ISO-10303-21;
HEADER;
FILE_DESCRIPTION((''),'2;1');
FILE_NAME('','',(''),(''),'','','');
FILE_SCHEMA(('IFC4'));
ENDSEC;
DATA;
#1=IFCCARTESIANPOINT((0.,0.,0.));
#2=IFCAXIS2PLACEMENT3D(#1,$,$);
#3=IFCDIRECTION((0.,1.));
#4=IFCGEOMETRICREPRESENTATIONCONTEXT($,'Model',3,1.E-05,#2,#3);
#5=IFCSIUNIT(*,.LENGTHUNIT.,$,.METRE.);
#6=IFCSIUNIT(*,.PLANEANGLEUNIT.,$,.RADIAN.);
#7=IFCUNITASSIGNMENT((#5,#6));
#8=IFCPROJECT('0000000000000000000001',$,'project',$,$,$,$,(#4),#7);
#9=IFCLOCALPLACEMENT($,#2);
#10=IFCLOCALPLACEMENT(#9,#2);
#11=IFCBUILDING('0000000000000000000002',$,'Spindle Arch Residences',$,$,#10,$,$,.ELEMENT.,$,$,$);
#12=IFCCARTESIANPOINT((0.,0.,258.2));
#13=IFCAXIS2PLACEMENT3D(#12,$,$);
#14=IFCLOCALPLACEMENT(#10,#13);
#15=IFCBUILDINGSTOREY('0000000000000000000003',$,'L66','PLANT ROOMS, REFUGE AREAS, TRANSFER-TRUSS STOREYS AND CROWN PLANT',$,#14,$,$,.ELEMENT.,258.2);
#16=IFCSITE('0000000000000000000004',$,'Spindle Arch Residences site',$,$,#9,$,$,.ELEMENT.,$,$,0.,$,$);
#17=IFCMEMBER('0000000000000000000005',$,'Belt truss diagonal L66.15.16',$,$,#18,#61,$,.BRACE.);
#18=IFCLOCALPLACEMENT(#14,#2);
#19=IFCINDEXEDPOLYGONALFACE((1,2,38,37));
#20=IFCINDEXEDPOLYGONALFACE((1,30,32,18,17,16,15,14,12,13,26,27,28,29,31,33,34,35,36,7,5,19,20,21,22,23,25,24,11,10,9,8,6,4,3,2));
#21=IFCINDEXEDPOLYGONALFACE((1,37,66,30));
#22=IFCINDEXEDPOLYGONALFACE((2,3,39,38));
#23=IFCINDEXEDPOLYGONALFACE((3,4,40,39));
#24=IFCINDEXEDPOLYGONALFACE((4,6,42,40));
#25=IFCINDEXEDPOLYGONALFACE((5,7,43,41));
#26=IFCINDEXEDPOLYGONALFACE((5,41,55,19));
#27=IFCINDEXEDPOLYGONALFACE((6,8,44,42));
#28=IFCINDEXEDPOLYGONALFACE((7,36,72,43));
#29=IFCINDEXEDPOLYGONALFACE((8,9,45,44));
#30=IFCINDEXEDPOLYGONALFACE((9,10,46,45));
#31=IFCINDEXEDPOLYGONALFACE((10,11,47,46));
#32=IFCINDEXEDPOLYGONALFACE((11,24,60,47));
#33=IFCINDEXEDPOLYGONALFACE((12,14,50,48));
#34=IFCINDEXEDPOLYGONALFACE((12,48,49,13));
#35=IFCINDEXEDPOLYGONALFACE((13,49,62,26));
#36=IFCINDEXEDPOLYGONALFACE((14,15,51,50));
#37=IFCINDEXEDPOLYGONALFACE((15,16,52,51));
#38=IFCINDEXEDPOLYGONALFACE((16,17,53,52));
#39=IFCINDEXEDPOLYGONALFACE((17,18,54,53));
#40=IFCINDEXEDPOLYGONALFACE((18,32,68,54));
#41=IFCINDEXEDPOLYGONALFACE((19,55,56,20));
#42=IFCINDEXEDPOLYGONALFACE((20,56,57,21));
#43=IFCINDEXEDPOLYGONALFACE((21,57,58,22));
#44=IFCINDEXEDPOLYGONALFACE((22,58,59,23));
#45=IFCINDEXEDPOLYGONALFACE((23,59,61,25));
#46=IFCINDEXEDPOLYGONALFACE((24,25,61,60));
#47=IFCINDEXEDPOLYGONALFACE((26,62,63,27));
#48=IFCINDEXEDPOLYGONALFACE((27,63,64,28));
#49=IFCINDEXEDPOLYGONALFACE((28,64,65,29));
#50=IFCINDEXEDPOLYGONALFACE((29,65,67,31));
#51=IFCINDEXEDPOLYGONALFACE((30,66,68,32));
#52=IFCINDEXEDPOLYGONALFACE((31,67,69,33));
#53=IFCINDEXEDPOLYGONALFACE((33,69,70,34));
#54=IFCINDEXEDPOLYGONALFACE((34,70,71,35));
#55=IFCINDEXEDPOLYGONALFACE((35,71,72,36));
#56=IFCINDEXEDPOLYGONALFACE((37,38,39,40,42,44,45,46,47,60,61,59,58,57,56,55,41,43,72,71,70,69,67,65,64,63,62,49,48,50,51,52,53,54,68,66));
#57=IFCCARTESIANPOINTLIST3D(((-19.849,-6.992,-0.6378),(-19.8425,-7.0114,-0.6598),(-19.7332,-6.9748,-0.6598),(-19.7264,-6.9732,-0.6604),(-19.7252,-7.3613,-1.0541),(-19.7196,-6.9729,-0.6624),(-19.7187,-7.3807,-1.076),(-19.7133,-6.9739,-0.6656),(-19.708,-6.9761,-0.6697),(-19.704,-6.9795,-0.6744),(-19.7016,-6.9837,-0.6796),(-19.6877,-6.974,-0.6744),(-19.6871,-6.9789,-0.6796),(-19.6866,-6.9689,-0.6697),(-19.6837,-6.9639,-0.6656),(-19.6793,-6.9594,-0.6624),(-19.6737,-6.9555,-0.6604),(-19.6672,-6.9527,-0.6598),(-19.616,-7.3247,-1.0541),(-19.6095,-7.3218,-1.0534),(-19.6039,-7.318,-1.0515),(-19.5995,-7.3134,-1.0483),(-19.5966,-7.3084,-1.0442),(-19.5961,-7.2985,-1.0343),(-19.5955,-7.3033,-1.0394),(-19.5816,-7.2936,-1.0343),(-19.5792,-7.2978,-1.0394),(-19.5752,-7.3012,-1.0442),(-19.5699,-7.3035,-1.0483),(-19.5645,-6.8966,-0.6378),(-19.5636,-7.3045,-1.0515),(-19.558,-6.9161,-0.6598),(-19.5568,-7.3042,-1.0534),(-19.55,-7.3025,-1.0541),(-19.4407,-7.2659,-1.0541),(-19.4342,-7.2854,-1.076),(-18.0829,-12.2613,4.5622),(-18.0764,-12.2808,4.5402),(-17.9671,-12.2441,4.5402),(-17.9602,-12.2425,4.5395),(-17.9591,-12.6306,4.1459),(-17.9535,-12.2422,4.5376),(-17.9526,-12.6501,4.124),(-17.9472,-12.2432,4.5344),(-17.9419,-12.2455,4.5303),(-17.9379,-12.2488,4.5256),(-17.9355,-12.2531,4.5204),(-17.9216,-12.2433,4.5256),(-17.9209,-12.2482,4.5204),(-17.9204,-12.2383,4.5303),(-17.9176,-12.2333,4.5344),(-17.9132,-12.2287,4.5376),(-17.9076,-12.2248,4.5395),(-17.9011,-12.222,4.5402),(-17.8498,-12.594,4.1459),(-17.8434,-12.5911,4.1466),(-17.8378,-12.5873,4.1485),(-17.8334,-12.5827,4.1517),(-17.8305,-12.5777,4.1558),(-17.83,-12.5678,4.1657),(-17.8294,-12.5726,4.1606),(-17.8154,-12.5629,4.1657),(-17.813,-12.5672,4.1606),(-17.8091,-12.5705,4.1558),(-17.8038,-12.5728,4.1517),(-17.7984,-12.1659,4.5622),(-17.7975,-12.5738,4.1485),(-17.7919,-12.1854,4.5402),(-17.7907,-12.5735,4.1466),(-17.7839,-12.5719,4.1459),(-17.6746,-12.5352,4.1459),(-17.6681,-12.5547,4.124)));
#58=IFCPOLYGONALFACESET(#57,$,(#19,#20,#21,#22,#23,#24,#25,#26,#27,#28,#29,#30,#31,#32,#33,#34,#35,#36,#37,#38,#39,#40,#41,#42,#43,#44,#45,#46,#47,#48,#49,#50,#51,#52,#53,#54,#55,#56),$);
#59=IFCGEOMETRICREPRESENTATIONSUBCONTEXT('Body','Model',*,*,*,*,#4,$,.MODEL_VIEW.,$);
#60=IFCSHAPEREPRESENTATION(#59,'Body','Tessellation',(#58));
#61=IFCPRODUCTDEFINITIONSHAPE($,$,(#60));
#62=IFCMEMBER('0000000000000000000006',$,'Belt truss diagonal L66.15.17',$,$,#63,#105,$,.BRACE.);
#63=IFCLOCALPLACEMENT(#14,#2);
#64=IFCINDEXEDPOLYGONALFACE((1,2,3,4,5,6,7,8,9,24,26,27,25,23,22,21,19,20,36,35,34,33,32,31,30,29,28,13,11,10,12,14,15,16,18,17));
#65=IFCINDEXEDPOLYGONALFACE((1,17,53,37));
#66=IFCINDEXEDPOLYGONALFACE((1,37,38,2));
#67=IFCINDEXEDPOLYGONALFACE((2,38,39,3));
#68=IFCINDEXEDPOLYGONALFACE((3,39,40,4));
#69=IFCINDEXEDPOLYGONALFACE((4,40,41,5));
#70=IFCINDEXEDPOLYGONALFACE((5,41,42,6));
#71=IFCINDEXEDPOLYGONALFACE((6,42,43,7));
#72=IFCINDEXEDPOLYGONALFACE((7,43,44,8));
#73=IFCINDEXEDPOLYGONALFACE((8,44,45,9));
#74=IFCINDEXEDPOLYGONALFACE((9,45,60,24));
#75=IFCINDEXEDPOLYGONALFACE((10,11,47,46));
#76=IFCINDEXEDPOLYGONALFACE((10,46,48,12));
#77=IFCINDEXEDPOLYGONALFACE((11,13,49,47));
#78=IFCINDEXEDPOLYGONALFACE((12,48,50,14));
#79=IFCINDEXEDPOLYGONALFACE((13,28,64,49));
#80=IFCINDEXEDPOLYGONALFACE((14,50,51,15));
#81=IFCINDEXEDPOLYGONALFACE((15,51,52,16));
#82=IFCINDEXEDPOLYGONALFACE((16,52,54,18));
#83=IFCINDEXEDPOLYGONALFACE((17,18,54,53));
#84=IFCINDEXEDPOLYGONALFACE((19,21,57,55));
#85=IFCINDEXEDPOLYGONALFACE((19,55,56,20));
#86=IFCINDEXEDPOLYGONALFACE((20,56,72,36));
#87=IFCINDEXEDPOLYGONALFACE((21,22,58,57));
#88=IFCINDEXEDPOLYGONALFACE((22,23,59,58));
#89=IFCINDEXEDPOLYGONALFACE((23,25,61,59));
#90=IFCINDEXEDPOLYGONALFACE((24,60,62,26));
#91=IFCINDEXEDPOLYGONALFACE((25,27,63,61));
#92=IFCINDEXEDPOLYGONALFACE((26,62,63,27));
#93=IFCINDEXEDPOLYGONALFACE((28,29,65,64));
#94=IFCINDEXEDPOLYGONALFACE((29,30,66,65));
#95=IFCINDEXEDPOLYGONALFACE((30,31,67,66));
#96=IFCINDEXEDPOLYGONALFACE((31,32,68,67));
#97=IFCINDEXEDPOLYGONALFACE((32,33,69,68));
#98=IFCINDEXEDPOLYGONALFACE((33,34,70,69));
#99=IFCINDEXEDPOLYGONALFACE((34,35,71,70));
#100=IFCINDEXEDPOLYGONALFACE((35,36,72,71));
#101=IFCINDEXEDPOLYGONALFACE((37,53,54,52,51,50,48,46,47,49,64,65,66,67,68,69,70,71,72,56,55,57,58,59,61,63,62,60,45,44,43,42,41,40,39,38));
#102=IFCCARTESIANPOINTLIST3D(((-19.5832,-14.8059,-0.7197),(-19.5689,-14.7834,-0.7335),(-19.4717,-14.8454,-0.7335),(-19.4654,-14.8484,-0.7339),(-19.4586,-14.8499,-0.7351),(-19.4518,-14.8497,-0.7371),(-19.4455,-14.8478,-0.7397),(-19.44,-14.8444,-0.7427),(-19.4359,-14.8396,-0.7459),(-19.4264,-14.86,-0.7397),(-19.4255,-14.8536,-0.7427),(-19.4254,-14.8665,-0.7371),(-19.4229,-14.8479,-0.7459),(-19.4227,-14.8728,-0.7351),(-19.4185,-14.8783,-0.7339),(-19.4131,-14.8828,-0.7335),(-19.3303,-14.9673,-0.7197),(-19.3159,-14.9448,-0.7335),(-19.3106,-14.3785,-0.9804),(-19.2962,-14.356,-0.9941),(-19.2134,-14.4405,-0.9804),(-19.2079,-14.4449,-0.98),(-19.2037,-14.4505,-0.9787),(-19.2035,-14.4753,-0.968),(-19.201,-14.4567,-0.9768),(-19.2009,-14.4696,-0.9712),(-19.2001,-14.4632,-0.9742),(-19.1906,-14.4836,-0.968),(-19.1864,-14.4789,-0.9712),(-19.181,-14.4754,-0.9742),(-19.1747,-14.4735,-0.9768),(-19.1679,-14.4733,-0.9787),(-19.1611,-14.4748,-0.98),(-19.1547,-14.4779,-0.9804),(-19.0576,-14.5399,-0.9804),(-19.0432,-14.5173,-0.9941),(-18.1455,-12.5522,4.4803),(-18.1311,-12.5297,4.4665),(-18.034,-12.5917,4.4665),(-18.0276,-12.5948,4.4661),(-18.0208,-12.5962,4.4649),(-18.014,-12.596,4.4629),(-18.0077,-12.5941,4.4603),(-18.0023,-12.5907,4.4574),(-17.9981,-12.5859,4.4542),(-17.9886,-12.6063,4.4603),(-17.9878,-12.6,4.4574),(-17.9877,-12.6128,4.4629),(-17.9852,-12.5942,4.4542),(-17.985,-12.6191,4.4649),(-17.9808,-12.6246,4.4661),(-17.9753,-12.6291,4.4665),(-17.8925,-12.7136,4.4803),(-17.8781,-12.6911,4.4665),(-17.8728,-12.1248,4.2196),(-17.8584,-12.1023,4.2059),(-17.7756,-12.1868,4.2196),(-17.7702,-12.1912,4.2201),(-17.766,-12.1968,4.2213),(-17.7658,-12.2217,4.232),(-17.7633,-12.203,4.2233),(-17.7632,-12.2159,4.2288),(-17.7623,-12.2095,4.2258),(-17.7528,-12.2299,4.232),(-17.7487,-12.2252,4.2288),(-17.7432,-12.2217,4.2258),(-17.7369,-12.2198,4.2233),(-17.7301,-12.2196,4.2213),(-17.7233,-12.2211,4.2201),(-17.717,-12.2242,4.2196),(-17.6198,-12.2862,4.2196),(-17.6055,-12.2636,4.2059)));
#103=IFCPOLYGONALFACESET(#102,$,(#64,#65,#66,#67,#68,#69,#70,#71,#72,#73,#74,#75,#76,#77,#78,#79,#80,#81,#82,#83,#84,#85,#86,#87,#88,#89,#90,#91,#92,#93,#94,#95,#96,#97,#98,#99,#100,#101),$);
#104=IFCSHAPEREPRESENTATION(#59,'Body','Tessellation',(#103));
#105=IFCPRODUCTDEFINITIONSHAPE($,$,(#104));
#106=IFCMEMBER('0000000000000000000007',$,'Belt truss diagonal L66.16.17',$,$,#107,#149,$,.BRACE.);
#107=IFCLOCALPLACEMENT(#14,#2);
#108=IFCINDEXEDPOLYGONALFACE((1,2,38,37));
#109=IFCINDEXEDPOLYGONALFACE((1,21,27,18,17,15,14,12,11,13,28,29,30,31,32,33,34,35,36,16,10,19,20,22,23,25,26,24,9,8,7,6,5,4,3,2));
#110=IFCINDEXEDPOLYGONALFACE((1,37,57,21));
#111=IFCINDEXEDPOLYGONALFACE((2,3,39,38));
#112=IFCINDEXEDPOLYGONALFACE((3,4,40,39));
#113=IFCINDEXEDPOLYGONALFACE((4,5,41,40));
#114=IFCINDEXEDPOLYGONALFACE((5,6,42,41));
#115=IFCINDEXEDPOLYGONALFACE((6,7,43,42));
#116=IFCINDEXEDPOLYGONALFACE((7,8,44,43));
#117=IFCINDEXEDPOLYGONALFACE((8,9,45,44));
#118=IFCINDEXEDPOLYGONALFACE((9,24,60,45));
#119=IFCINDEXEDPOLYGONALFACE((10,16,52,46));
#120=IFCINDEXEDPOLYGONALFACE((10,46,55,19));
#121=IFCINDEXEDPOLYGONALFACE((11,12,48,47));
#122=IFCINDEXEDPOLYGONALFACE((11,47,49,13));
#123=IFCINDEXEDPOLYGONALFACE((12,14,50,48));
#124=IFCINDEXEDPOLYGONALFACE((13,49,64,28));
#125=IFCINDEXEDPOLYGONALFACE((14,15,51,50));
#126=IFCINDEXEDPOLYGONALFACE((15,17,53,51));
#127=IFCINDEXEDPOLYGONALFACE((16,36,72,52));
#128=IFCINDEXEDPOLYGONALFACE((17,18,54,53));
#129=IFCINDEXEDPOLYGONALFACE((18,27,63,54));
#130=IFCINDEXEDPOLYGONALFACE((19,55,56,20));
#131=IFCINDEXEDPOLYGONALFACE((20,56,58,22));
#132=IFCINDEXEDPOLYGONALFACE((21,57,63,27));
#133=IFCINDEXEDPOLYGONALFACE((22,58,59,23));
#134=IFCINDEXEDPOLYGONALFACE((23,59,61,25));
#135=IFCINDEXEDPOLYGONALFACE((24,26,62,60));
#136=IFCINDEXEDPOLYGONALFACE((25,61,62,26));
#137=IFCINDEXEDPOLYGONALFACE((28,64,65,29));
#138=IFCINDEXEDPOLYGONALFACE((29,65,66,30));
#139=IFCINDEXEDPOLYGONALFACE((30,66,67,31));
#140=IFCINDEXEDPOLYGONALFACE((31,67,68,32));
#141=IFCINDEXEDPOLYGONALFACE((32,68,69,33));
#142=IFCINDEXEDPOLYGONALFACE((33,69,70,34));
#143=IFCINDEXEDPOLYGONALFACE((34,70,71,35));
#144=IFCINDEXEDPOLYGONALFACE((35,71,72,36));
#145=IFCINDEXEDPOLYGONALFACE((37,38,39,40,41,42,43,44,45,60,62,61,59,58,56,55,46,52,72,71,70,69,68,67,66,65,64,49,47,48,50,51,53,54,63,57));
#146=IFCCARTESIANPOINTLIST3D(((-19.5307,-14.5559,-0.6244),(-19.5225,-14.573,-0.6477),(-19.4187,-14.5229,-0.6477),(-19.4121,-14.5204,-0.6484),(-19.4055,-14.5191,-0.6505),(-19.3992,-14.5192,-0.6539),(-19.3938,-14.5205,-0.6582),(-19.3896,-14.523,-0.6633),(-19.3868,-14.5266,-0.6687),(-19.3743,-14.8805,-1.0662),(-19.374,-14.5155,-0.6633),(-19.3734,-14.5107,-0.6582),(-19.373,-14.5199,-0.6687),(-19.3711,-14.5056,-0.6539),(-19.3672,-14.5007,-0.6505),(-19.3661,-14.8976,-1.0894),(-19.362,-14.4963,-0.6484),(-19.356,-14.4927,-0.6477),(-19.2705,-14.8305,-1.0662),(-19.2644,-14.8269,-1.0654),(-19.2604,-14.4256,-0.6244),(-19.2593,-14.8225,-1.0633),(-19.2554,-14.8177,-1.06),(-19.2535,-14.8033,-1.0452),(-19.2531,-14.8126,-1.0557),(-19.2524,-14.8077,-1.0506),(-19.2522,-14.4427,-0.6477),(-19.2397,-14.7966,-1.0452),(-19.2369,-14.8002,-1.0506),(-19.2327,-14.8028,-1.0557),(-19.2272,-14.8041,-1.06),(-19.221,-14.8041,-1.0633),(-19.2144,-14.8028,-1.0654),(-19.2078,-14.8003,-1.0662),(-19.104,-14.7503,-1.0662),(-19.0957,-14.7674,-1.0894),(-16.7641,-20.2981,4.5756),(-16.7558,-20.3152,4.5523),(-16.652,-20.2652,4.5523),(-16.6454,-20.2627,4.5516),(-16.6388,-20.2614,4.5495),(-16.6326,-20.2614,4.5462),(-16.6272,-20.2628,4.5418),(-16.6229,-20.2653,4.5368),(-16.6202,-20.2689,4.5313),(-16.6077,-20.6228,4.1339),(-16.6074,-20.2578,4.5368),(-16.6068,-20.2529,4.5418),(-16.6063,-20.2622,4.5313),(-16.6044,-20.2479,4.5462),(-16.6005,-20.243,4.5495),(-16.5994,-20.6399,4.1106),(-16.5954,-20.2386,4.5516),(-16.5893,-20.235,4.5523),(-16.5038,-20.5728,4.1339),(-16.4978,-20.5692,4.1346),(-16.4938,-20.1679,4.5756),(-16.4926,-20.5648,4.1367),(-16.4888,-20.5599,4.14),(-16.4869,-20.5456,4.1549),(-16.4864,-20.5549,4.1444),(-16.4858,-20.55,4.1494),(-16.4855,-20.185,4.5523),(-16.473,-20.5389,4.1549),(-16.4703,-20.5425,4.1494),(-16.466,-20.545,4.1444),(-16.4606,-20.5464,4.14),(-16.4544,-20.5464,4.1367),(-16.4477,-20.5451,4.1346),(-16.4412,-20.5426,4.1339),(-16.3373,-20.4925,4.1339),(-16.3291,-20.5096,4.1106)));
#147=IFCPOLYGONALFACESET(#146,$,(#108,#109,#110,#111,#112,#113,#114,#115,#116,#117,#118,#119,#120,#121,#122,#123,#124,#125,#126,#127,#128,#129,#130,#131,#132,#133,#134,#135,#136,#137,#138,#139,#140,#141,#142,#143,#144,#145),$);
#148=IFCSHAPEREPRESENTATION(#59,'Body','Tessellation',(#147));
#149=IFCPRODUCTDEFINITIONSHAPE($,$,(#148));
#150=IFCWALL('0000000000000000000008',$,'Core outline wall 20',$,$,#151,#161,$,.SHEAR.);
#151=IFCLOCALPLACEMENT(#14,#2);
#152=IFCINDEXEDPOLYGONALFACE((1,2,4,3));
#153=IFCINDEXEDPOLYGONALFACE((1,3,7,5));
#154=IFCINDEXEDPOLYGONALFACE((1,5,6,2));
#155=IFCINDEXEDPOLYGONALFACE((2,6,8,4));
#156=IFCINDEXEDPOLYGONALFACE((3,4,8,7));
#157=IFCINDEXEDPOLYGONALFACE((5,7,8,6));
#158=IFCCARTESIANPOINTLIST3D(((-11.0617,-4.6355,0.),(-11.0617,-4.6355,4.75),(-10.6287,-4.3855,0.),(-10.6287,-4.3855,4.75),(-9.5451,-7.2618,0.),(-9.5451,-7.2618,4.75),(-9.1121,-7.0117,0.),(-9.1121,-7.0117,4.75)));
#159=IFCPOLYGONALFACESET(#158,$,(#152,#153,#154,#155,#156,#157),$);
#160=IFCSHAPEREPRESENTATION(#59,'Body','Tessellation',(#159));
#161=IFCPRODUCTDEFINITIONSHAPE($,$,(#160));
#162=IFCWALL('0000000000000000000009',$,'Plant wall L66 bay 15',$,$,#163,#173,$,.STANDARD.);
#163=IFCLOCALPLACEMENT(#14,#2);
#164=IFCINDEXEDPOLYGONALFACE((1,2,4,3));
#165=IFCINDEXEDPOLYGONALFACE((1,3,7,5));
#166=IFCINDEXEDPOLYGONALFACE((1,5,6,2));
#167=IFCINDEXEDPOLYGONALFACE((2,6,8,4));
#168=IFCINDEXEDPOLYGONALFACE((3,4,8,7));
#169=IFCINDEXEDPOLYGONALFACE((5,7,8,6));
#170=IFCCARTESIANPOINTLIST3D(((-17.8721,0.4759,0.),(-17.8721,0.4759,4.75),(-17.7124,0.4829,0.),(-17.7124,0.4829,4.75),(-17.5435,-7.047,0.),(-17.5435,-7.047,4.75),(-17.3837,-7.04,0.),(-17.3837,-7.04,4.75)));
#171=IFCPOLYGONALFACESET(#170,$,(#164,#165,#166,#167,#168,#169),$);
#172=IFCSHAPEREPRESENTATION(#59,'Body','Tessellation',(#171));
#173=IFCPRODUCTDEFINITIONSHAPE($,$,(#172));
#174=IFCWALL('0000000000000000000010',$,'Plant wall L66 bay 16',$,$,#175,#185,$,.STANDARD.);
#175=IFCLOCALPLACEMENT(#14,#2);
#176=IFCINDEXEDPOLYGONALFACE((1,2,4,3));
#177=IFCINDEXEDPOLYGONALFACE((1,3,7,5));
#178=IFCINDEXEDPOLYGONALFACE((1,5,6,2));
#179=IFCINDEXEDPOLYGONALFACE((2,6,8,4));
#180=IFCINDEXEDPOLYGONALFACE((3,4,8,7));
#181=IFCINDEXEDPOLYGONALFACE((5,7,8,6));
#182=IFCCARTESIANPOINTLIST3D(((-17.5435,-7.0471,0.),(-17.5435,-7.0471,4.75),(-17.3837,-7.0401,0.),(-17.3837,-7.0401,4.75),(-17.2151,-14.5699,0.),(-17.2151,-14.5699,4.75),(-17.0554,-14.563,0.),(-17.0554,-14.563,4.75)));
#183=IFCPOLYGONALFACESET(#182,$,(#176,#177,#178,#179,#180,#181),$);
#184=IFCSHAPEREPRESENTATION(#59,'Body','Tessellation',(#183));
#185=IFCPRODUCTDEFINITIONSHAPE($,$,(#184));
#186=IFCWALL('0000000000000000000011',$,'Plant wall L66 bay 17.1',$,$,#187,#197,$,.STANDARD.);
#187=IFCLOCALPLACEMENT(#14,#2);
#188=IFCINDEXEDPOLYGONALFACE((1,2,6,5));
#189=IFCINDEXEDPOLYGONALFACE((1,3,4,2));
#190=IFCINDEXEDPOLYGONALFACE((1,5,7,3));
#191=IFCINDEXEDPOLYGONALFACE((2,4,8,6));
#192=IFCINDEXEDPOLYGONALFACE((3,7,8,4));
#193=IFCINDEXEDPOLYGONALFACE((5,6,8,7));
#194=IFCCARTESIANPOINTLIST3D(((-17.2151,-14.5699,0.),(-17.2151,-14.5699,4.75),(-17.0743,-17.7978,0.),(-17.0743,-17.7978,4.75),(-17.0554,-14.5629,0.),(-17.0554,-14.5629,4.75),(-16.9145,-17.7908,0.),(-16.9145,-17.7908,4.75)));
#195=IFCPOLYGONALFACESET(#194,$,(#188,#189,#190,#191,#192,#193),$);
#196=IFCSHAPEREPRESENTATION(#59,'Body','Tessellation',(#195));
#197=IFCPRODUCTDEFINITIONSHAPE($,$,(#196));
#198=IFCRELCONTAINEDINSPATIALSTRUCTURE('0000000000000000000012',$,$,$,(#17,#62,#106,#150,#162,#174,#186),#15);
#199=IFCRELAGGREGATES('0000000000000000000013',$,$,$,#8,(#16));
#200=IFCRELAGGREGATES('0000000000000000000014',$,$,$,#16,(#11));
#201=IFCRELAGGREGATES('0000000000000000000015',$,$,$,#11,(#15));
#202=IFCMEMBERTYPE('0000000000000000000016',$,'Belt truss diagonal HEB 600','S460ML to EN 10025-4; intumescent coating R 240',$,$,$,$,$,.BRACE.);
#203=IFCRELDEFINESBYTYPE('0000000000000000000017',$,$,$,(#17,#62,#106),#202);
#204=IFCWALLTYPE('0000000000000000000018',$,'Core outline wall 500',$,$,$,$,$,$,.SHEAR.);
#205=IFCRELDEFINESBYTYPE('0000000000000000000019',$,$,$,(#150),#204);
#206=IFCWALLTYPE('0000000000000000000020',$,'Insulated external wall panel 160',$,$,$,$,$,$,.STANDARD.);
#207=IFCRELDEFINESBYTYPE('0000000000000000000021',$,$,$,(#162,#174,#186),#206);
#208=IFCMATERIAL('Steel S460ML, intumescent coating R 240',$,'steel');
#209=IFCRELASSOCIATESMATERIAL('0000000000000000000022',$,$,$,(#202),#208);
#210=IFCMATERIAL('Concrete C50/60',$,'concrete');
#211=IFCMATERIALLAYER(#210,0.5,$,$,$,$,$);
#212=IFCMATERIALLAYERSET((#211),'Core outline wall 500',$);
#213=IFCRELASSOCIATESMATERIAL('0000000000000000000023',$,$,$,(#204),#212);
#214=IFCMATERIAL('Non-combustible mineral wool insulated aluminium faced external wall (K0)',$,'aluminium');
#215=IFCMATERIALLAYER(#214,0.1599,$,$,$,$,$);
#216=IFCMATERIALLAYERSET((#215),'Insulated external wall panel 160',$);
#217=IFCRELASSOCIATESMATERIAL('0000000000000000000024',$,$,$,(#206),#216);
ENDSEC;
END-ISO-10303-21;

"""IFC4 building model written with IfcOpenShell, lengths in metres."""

from ifc_helpers import new_model, si_unit, direction, frame, frame_2d, origin, origin_2d, place, context, subcontext, project, spatial, rectangle, i_section, extrude, material, layer, layer_set, material_profile, profile_set, type_object, element, save


model = new_model("IFC4")

# Units and contexts
model_context = context("Model", 3, precision=1e-05, world=origin(), true_north=direction((0.0, 1.0)))
body_context = subcontext(model_context, "Body", "Model", "MODEL_VIEW")
ifc_project = project(units=[si_unit("LENGTHUNIT", "METRE"), si_unit("PLANEANGLEUNIT", "RADIAN")], contexts=[model_context])

# Site, building, storey
site_placement = place(None, origin())
site = spatial("IfcSite", under=ifc_project, at=site_placement, Name="Spindle Arch Residences site", CompositionType="ELEMENT", RefElevation=0.0)
building_placement = place(site_placement, origin())
building = spatial("IfcBuilding", under=site, at=building_placement, Name="Spindle Arch Residences", CompositionType="ELEMENT")
storey_placement = place(building_placement, frame((0.0, 0.0, 258.2)))
storey = spatial("IfcBuildingStorey", under=building, at=storey_placement, Name="L66", Description="PLANT ROOMS, REFUGE AREAS, TRANSFER-TRUSS STOREYS AND CROWN PLANT", CompositionType="ELEMENT", Elevation=258.2)

# Members
ifc_material_1 = material(Name="Steel S460ML, intumescent coating R 240", Category="steel")
ifc_material_profile_1 = material_profile(ifc_material_1, i_section(OverallWidth=0.3, OverallDepth=0.6001, WebThickness=0.0154, FlangeThickness=0.03, FilletRadius=0.0271, at=origin_2d()), Name="HEB 600")
ifc_profile_set_1 = profile_set([ifc_material_profile_1], Name="Steel S460ML, intumescent coating R 240")
member_type_1 = type_object("IfcMemberType", Name="Belt truss diagonal HEB 600", Description="S460ML to EN 10025-4; intumescent coating R 240", PredefinedType="BRACE", material=ifc_profile_set_1)
member_1_placement = place(storey_placement, frame((-19.6416, -7.1387, -0.8569), z_axis=(0.232054, -0.692345, 0.683235), x_axis=(0.948159, 0.317796, 0.0)))
element("IfcMember", 1, at=member_1_placement, inside=storey, type_object=member_type_1, Name="Belt truss diagonal L66.15.16", PredefinedType="BRACE", context=body_context, shape_type="SweptSolid", body=[
    extrude(i_section(OverallWidth=0.3, OverallDepth=0.6001, WebThickness=0.0154, FlangeThickness=0.03, FilletRadius=0.0271, at=origin_2d()), origin(), (0.0, 0.0, 1.0), 7.6108),
])
member_2_placement = place(storey_placement, frame((-19.3132, -14.6616, -0.8569), z_axis=(0.245901, 0.385449, 0.88936), x_axis=(-0.843052, 0.537832, 0.0)))
element("IfcMember", 2, at=member_2_placement, inside=storey, type_object=member_type_1, Name="Belt truss diagonal L66.15.17", PredefinedType="BRACE", context=body_context, shape_type="SweptSolid", body=[
    extrude(i_section(OverallWidth=0.3, OverallDepth=0.6001, WebThickness=0.0154, FlangeThickness=0.03, FilletRadius=0.0271, at=origin_2d()), origin(), (0.0, 0.0, 1.0), 5.8469),
])
member_3_placement = place(storey_placement, frame((-19.3132, -14.6616, -0.8569), z_axis=(0.336326, -0.698057, 0.63214), x_axis=(0.900889, 0.434051, 0.0)))
element("IfcMember", 3, at=member_3_placement, inside=storey, type_object=member_type_1, Name="Belt truss diagonal L66.16.17", PredefinedType="BRACE", context=body_context, shape_type="SweptSolid", body=[
    extrude(i_section(OverallWidth=0.3, OverallDepth=0.6001, WebThickness=0.0154, FlangeThickness=0.03, FilletRadius=0.0271, at=origin_2d()), origin(), (0.0, 0.0, 1.0), 8.2261),
])

# Shared definitions
ifc_material_2 = material(Name="Concrete C50/60", Category="concrete")
ifc_layer_1 = layer(ifc_material_2, 0.5)
ifc_layer_set_1 = layer_set([ifc_layer_1], Name="Core outline wall 500")
wall_type_1 = type_object("IfcWallType", Name="Core outline wall 500", PredefinedType="SHEAR", material=ifc_layer_set_1)

# Walls
wall_1_placement = place(storey_placement, frame((-10.8452, -4.5105, 0.0), z_axis=(0.0, 0.0, 1.0), x_axis=(0.500087, -0.865975, 0.0)))
element("IfcWall", 4, at=wall_1_placement, inside=storey, type_object=wall_type_1, Name="Core outline wall 20", PredefinedType="SHEAR", context=body_context, shape_type="SweptSolid", body=[
    extrude(rectangle(XDim=3.0327, YDim=0.5, at=frame_2d((1.5164, 0.0))), origin(), (0.0, 0.0, 1.0), 4.75),
])
ifc_material_3 = material(Name="Non-combustible mineral wool insulated aluminium faced external wall (K0)", Category="aluminium")
ifc_layer_2 = layer(ifc_material_3, 0.1599)
ifc_layer_set_2 = layer_set([ifc_layer_2], Name="Insulated external wall panel 160")
wall_type_2 = type_object("IfcWallType", Name="Insulated external wall panel 160", PredefinedType="STANDARD", material=ifc_layer_set_2)
for number, where, z_axis, x_axis, name in (
    (5, (-17.7922, 0.4795, 0.0), (0.0, 0.0, 1.0), (0.04364, -0.999047, 0.0), "Plant wall L66 bay 15"),
    (6, (-17.4636, -7.0435, 0.0), (0.0, 0.0, 1.0), (0.043607, -0.999049, 0.0), "Plant wall L66 bay 16"),
):
    element("IfcWall", number, at=place(storey_placement, frame(where, z_axis=z_axis, x_axis=x_axis)), inside=storey, type_object=wall_type_2, Name=name, PredefinedType="STANDARD", context=body_context, shape_type="SweptSolid", body=[
        extrude(rectangle(XDim=7.53, YDim=0.1599, at=frame_2d((3.7651, 0.0))), origin(), (0.0, 0.0, 1.0), 4.75),
    ])
wall_2_placement = place(storey_placement, frame((-17.1353, -14.5664, 0.0), z_axis=(0.0, 0.0, 1.0), x_axis=(0.043601, -0.999049, 0.0)))
element("IfcWall", 7, at=wall_2_placement, inside=storey, type_object=wall_type_2, Name="Plant wall L66 bay 17.1", PredefinedType="STANDARD", context=body_context, shape_type="SweptSolid", body=[
    extrude(rectangle(XDim=3.231, YDim=0.1599, at=frame_2d((1.6155, 0.0))), origin(), (0.0, 0.0, 1.0), 4.75),
])

save(model, "model.ifc")
